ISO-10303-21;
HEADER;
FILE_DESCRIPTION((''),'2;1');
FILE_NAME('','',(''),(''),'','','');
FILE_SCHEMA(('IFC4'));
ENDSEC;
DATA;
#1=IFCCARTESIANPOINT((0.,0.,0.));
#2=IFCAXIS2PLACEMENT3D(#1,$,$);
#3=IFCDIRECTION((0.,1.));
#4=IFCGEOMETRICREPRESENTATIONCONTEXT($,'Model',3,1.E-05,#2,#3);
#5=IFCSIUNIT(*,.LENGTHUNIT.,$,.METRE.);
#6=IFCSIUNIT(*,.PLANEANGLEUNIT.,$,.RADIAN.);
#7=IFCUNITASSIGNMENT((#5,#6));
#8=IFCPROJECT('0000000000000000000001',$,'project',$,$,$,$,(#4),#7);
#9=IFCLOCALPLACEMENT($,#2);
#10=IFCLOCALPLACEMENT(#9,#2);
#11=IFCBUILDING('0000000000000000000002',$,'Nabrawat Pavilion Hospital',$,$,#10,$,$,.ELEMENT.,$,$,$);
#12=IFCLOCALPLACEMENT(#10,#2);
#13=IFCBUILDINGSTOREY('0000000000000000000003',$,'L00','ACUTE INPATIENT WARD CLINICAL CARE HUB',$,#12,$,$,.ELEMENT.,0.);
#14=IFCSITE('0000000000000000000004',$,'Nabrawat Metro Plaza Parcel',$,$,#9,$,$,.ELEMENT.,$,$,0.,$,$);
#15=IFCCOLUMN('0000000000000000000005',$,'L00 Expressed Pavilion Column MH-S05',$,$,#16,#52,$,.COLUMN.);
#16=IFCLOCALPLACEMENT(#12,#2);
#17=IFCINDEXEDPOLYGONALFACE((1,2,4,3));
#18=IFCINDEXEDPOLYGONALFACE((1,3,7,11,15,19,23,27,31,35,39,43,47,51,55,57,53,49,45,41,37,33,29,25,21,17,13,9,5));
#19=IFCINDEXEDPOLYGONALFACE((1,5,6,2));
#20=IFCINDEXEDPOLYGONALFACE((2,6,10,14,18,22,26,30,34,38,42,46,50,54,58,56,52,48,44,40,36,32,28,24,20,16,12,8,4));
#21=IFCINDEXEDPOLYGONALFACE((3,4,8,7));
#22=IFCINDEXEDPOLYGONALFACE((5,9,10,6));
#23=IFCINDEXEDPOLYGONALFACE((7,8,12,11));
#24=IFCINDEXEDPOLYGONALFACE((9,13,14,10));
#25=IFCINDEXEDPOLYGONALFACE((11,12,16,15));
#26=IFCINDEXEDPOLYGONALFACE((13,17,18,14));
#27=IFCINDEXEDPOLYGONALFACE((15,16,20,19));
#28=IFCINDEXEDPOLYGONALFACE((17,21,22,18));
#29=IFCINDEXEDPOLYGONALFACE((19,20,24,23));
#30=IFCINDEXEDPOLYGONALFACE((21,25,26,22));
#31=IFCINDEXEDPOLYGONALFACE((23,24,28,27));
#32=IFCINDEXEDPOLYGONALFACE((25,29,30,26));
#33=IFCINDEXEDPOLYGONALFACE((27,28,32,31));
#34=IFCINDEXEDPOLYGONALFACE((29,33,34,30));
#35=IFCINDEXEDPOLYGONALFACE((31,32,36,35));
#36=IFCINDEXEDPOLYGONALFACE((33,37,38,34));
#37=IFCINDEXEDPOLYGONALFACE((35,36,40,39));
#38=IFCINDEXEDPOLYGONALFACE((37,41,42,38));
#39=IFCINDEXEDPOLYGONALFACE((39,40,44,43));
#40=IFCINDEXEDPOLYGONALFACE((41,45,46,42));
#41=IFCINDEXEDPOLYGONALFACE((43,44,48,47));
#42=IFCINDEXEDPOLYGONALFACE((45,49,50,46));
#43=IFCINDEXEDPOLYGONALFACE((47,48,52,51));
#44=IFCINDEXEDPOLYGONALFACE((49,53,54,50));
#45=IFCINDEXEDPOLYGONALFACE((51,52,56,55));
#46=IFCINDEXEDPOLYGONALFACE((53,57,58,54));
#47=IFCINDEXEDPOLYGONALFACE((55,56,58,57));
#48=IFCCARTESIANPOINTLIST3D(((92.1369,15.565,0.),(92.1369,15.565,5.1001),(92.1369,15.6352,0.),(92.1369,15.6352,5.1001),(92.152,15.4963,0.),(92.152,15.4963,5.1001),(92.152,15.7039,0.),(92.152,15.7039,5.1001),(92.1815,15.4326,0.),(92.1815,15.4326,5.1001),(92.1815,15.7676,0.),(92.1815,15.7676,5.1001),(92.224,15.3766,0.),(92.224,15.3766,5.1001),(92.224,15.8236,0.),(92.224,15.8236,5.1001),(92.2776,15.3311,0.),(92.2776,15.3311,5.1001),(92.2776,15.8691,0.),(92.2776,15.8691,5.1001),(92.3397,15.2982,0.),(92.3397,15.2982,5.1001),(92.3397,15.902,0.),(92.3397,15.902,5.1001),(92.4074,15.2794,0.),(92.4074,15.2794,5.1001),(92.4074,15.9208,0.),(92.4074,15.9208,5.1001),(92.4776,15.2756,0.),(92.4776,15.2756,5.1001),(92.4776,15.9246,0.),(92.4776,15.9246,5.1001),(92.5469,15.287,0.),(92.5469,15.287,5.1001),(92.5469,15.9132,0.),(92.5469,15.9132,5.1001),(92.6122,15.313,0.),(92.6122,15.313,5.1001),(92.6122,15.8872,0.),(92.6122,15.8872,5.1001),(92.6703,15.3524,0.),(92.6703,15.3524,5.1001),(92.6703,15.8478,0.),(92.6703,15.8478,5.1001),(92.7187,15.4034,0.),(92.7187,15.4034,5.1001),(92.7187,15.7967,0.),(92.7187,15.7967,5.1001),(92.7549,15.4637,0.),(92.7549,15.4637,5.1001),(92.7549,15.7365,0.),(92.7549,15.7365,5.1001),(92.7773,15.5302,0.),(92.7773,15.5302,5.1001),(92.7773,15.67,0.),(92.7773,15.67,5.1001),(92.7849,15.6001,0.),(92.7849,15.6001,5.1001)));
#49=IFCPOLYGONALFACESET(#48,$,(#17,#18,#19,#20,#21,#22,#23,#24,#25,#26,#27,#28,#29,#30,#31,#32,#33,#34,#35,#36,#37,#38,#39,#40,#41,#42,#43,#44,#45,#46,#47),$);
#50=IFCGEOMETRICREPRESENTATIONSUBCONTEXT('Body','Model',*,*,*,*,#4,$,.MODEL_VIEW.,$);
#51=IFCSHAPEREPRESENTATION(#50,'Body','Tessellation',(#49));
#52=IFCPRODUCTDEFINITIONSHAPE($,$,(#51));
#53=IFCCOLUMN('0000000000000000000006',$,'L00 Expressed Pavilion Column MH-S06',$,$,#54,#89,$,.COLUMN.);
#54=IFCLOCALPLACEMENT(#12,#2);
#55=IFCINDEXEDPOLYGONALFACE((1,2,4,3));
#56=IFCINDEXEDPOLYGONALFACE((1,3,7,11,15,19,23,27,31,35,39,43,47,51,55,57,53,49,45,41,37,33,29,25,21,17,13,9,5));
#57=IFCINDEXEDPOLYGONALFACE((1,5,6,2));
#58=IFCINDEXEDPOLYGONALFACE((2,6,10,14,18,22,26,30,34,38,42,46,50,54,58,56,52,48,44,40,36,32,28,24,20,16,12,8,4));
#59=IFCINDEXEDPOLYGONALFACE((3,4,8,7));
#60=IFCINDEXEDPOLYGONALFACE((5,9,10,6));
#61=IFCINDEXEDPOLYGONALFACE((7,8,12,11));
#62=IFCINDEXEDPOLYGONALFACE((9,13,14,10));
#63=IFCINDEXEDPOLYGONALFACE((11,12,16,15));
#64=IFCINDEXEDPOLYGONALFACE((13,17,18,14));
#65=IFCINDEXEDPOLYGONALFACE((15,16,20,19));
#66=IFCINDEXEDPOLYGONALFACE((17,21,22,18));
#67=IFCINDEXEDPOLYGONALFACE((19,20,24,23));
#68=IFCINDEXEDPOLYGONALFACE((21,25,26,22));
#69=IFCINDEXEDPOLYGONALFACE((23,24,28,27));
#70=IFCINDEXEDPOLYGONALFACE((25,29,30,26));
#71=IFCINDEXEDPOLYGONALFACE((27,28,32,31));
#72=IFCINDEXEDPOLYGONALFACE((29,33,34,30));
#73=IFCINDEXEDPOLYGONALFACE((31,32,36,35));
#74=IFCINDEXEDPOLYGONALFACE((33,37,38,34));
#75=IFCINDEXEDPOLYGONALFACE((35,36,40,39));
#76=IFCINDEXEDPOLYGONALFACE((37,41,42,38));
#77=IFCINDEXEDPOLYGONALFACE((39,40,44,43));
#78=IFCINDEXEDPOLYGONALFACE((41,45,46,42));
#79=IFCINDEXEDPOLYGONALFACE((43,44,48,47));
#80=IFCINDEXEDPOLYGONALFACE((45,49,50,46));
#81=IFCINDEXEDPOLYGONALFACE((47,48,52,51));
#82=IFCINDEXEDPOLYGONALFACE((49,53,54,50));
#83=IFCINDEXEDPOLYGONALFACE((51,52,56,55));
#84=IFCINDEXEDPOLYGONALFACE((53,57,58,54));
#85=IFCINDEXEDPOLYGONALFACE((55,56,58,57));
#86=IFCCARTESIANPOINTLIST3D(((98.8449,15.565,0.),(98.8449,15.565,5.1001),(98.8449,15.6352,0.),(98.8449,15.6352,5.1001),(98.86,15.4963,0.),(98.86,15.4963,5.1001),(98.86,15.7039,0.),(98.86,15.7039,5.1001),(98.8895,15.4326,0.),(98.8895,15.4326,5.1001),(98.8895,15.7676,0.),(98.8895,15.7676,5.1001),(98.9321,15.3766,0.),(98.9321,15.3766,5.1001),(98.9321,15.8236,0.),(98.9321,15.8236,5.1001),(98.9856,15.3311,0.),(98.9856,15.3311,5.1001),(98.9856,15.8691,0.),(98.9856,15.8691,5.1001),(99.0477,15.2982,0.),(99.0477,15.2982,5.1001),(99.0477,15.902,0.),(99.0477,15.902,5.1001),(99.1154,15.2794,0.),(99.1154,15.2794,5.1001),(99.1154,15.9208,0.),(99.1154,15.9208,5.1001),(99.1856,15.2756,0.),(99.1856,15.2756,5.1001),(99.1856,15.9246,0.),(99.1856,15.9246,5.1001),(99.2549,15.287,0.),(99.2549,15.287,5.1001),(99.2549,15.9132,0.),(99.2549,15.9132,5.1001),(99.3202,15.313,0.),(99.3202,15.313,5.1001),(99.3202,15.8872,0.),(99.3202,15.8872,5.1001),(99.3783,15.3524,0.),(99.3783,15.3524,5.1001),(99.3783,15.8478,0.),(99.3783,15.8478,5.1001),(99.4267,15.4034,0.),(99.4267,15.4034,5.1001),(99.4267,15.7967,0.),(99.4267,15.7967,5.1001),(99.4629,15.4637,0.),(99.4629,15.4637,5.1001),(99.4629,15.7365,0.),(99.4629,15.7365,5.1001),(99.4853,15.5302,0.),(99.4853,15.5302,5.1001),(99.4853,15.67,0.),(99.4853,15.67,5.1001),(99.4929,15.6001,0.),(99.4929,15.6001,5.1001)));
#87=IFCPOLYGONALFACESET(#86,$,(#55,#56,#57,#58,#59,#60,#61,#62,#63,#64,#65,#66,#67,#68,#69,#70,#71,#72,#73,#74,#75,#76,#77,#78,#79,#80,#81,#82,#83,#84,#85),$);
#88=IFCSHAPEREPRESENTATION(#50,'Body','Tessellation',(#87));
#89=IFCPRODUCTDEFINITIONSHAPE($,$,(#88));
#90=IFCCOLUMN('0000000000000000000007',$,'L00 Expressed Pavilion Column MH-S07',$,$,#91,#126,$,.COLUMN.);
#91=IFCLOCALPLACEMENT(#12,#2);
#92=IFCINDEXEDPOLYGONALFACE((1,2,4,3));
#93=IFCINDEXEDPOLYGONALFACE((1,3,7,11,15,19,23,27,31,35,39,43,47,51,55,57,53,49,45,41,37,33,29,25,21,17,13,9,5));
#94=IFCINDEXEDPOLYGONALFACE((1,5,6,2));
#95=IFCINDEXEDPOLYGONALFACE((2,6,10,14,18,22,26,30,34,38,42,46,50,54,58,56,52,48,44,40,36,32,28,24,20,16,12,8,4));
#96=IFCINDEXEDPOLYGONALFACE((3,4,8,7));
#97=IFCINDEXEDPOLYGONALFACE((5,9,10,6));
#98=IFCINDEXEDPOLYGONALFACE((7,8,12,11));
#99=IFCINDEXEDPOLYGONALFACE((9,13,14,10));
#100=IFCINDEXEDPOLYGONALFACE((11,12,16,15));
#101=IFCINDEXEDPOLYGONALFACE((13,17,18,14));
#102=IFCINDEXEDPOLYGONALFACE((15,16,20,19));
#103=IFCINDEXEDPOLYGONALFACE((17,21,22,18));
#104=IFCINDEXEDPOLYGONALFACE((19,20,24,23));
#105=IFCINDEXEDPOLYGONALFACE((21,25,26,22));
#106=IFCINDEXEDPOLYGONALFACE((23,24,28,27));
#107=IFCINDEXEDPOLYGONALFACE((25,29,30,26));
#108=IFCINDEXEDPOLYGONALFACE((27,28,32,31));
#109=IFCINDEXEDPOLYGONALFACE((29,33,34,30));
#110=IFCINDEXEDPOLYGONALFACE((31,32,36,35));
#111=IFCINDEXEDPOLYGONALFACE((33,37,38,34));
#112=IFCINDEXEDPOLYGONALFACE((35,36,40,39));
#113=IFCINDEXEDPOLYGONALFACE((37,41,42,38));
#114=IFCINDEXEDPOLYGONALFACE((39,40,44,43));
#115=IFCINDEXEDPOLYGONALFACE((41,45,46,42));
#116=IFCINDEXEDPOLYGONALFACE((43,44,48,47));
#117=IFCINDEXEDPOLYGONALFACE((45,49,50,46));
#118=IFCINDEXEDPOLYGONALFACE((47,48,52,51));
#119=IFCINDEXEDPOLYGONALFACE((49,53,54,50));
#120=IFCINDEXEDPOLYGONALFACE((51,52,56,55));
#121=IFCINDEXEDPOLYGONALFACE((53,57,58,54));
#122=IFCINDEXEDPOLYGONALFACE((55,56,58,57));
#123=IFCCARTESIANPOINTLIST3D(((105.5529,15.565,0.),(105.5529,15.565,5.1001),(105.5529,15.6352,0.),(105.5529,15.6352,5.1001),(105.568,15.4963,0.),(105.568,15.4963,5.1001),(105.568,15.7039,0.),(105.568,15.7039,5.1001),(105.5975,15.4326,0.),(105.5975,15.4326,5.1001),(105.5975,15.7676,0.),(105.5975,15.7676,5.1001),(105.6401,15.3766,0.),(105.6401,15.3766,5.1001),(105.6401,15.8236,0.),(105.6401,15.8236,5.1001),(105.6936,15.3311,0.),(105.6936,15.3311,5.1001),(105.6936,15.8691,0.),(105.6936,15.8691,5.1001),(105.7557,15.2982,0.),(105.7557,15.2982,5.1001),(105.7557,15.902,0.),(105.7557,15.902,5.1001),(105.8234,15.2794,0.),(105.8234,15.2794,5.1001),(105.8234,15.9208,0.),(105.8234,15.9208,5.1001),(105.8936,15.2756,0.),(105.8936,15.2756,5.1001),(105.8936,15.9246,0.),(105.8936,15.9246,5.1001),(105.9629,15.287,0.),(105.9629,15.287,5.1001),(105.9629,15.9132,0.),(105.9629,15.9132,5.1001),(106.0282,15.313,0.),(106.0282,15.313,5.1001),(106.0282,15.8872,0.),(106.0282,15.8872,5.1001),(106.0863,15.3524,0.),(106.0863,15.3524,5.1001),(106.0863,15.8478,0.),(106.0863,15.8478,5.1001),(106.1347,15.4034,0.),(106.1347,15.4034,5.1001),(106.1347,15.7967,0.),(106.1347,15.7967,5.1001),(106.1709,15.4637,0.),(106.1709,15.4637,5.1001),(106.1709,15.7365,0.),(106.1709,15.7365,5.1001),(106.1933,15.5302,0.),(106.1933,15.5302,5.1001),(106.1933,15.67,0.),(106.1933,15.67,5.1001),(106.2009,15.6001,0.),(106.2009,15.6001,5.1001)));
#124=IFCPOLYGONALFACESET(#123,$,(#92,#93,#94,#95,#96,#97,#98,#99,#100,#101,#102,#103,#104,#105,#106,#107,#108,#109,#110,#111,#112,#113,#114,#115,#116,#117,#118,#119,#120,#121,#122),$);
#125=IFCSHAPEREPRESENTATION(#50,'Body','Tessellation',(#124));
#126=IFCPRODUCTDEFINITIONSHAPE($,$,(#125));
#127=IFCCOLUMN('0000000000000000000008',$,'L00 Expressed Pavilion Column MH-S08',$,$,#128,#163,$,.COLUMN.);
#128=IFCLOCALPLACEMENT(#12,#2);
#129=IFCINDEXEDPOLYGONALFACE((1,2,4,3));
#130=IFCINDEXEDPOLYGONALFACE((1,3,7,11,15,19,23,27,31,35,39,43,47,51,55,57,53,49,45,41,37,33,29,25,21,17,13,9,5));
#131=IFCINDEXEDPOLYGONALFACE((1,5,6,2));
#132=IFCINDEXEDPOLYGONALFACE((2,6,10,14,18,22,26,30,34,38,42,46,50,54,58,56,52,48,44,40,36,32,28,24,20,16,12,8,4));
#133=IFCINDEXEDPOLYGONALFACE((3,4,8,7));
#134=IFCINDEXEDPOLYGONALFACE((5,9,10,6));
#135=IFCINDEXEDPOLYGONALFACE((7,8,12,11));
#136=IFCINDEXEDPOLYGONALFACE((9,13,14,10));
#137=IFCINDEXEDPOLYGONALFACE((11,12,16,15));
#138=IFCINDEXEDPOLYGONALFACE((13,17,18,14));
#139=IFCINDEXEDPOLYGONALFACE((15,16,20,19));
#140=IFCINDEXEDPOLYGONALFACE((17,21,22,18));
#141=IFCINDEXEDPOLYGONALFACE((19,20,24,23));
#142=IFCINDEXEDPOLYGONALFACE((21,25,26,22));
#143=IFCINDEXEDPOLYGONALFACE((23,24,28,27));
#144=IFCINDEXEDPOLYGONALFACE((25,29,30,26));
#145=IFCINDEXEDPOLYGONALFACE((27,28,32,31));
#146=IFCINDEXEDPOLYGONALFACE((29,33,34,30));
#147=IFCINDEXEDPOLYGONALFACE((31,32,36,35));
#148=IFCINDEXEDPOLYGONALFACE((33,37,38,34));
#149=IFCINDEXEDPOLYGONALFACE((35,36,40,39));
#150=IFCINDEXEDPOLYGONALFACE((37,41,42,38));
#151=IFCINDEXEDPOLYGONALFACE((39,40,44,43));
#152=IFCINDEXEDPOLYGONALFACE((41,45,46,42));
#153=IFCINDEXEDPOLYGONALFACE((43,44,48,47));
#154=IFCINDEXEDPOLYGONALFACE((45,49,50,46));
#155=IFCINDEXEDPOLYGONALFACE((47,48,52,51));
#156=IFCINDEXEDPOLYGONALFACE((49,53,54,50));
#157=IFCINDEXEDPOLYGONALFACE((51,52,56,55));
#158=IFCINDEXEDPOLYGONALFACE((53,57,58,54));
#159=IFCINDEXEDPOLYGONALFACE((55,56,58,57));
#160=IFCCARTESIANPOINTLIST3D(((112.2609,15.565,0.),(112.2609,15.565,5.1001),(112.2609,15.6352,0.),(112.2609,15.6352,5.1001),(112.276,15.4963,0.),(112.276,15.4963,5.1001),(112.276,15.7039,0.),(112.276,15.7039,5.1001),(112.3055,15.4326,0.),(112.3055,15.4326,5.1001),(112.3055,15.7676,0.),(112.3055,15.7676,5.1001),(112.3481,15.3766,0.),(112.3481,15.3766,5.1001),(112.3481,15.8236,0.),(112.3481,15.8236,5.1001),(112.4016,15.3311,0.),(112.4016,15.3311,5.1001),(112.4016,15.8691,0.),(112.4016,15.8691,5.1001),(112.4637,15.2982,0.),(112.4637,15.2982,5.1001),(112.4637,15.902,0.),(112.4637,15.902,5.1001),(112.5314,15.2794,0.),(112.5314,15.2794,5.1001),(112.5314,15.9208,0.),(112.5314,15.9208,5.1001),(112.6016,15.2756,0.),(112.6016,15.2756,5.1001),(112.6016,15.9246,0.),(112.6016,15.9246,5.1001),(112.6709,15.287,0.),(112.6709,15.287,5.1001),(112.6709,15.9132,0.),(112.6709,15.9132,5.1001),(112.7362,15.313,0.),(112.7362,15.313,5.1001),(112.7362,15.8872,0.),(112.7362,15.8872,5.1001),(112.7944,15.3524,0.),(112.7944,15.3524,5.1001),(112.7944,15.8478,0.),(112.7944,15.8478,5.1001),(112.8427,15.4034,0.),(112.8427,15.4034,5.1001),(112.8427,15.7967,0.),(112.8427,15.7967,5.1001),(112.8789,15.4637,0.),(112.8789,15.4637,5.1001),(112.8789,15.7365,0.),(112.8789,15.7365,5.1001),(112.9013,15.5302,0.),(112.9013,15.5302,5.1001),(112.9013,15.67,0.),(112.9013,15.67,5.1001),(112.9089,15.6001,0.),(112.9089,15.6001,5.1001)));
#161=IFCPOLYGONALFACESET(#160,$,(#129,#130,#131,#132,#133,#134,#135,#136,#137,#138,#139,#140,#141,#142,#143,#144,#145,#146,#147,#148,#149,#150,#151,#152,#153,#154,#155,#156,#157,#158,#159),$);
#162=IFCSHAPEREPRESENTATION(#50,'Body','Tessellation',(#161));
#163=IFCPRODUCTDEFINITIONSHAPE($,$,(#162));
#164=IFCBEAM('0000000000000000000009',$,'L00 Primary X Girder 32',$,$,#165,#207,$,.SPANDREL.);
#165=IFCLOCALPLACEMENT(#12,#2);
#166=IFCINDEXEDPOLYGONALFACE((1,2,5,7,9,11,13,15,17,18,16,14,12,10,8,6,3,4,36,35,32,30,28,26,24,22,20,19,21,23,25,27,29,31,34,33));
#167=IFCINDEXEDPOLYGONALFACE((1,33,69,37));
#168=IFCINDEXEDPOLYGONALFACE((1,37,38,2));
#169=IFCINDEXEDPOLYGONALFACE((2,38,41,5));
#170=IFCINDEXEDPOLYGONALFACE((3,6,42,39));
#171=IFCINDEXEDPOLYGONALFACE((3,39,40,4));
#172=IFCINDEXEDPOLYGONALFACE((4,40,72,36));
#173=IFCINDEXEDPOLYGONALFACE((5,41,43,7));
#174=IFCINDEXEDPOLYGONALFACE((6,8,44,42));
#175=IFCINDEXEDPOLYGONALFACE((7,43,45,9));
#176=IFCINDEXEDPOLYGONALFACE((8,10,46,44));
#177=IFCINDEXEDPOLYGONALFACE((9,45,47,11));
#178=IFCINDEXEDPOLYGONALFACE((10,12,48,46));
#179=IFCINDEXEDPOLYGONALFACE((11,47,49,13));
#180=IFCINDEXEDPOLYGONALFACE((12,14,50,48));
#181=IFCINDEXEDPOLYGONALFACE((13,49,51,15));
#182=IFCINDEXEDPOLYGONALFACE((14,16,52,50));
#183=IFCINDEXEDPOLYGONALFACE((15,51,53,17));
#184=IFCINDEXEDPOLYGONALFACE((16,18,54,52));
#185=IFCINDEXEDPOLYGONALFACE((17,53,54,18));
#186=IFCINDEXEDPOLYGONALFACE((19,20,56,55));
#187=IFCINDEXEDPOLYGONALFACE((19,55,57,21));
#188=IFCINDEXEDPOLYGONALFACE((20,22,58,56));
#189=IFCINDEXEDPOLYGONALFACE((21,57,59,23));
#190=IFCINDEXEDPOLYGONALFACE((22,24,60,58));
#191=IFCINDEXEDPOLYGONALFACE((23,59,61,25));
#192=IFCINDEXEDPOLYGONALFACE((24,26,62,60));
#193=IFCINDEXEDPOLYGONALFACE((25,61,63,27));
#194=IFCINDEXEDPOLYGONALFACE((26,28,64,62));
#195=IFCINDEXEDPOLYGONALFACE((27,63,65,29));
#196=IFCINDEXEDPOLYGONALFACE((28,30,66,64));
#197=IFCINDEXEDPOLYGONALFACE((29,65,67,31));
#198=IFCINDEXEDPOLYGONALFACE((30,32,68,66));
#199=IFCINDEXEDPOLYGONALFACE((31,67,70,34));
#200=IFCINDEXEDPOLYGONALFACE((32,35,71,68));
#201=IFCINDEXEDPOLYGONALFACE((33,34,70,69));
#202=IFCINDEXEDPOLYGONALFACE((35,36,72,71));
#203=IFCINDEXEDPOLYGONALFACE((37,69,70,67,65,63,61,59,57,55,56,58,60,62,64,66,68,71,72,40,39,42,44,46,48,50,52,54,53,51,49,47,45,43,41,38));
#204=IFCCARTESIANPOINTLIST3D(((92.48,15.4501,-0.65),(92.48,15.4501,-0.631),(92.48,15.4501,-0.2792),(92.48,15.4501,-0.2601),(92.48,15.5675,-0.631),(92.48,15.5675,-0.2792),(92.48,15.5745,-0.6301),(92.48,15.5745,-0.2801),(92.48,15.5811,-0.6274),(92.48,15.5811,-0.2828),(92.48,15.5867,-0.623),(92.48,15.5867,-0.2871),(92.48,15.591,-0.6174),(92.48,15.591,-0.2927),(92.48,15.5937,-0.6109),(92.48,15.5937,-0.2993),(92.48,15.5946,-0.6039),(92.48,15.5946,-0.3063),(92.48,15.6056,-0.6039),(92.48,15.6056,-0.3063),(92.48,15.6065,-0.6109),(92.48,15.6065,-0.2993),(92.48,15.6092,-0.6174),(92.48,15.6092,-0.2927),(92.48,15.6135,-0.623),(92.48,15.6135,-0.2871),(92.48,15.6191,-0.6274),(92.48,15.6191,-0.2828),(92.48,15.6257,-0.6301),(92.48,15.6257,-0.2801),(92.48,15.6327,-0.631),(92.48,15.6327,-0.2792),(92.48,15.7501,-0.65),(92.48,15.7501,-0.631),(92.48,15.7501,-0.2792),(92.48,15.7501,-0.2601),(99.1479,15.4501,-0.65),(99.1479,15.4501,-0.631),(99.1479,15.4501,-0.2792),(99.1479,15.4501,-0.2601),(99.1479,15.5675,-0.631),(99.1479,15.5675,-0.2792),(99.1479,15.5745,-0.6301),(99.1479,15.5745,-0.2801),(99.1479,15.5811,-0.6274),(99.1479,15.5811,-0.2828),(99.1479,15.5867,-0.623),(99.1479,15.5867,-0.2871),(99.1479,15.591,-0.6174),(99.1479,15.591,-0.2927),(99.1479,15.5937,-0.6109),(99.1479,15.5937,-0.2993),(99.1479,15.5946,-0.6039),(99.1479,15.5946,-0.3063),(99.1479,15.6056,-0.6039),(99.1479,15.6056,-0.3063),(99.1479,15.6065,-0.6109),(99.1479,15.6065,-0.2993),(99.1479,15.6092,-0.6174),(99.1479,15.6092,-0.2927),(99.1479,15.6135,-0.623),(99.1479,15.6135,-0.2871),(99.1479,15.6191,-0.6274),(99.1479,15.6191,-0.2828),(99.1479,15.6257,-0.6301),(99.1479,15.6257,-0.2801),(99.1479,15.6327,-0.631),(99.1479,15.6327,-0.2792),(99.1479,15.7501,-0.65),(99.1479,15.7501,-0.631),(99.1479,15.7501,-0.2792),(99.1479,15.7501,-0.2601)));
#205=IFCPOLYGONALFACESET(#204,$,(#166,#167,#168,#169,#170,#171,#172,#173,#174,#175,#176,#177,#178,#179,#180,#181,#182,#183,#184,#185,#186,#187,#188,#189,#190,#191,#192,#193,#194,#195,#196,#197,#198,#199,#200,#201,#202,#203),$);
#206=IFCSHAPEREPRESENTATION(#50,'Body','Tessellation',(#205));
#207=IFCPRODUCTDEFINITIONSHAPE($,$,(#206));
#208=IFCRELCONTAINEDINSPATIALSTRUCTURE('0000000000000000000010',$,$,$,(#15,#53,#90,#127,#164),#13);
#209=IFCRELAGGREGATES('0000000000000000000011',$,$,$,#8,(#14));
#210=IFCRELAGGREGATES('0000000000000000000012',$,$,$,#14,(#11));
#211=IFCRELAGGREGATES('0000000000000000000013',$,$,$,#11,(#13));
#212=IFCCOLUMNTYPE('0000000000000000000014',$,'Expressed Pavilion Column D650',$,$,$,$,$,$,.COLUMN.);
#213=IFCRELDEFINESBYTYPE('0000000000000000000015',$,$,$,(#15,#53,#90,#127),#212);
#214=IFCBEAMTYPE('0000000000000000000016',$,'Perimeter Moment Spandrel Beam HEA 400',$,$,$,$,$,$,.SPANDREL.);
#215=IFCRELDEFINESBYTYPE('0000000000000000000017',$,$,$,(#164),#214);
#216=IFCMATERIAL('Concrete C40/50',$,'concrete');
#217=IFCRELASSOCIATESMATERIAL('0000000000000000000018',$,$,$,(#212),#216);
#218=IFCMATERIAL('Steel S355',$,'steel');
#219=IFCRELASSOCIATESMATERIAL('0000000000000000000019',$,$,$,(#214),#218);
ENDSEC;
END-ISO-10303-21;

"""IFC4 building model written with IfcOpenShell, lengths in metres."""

from ifc_helpers import new_model, si_unit, direction, frame, origin, origin_2d, place, context, subcontext, project, spatial, circle, i_section, extrude, material, material_profile, profile_set, type_object, element, save


model = new_model("IFC4")

# Units and contexts
model_context = context("Model", 3, precision=1e-05, world=origin(), true_north=direction((0.0, 1.0)))
body_context = subcontext(model_context, "Body", "Model", "MODEL_VIEW")
ifc_project = project(units=[si_unit("LENGTHUNIT", "METRE"), si_unit("PLANEANGLEUNIT", "RADIAN")], contexts=[model_context])

# Site, building, storey
site_placement = place(None, origin())
site = spatial("IfcSite", under=ifc_project, at=site_placement, Name="Nabrawat Metro Plaza Parcel", CompositionType="ELEMENT", RefElevation=0.0)
building_placement = place(site_placement, origin())
building = spatial("IfcBuilding", under=site, at=building_placement, Name="Nabrawat Pavilion Hospital", CompositionType="ELEMENT")
storey_placement = place(building_placement, origin())
storey = spatial("IfcBuildingStorey", under=building, at=storey_placement, Name="L00", Description="ACUTE INPATIENT WARD CLINICAL CARE HUB", CompositionType="ELEMENT", Elevation=0.0)

# Columns
ifc_material_1 = material(Name="Concrete C40/50", Category="concrete")
ifc_material_profile_1 = material_profile(ifc_material_1, circle(Radius=0.325, at=origin_2d()), Name="RC D650")
ifc_profile_set_1 = profile_set([ifc_material_profile_1], Name="Concrete C40/50")
column_type = type_object("IfcColumnType", Name="Expressed Pavilion Column D650", PredefinedType="COLUMN", material=ifc_profile_set_1)
for number, where, z_axis, x_axis, name in (
    (1, (92.46, 15.6001, 0.0), (0.0, 0.0, 1.0), (1.0, 0.0, 0.0), "L00 Expressed Pavilion Column MH-S05"),
    (2, (99.168, 15.6001, 0.0), (0.0, 0.0, 1.0), (1.0, 0.0, 0.0), "L00 Expressed Pavilion Column MH-S06"),
    (3, (105.876, 15.6001, 0.0), (0.0, 0.0, 1.0), (1.0, 0.0, 0.0), "L00 Expressed Pavilion Column MH-S07"),
    (4, (112.584, 15.6001, 0.0), (0.0, 0.0, 1.0), (1.0, 0.0, 0.0), "L00 Expressed Pavilion Column MH-S08"),
):
    element("IfcColumn", number, at=place(storey_placement, frame(where, z_axis=z_axis, x_axis=x_axis)), inside=storey, type_object=column_type, Name=name, PredefinedType="COLUMN", context=body_context, shape_type="SweptSolid", body=[
        extrude(circle(Radius=0.325, at=origin_2d()), origin(), (0.0, 0.0, 1.0), 5.1001),
    ])

# Beam
ifc_material_2 = material(Name="Steel S355", Category="steel")
ifc_material_profile_2 = material_profile(ifc_material_2, i_section(OverallWidth=0.3, OverallDepth=0.3899, WebThickness=0.011, FlangeThickness=0.019, FilletRadius=0.0271, at=origin_2d()), Name="HEA 400")
ifc_profile_set_2 = profile_set([ifc_material_profile_2], Name="Steel S355")
beam_type = type_object("IfcBeamType", Name="Perimeter Moment Spandrel Beam HEA 400", PredefinedType="SPANDREL", material=ifc_profile_set_2)
for number, where, z_axis, x_axis, name in (
    (5, (92.48, 15.6001, -0.4551), (1.0, 0.0, 0.0), (0.0, 1.0, 0.0), "L00 Primary X Girder 32"),
):
    element("IfcBeam", number, at=place(storey_placement, frame(where, z_axis=z_axis, x_axis=x_axis)), inside=storey, type_object=beam_type, Name=name, PredefinedType="SPANDREL", context=body_context, shape_type="SweptSolid", body=[
        extrude(i_section(OverallWidth=0.3, OverallDepth=0.3899, WebThickness=0.011, FlangeThickness=0.019, FilletRadius=0.0271, at=origin_2d()), origin(), (0.0, 0.0, 1.0), 6.668),
    ])

save(model, "model.ifc")
